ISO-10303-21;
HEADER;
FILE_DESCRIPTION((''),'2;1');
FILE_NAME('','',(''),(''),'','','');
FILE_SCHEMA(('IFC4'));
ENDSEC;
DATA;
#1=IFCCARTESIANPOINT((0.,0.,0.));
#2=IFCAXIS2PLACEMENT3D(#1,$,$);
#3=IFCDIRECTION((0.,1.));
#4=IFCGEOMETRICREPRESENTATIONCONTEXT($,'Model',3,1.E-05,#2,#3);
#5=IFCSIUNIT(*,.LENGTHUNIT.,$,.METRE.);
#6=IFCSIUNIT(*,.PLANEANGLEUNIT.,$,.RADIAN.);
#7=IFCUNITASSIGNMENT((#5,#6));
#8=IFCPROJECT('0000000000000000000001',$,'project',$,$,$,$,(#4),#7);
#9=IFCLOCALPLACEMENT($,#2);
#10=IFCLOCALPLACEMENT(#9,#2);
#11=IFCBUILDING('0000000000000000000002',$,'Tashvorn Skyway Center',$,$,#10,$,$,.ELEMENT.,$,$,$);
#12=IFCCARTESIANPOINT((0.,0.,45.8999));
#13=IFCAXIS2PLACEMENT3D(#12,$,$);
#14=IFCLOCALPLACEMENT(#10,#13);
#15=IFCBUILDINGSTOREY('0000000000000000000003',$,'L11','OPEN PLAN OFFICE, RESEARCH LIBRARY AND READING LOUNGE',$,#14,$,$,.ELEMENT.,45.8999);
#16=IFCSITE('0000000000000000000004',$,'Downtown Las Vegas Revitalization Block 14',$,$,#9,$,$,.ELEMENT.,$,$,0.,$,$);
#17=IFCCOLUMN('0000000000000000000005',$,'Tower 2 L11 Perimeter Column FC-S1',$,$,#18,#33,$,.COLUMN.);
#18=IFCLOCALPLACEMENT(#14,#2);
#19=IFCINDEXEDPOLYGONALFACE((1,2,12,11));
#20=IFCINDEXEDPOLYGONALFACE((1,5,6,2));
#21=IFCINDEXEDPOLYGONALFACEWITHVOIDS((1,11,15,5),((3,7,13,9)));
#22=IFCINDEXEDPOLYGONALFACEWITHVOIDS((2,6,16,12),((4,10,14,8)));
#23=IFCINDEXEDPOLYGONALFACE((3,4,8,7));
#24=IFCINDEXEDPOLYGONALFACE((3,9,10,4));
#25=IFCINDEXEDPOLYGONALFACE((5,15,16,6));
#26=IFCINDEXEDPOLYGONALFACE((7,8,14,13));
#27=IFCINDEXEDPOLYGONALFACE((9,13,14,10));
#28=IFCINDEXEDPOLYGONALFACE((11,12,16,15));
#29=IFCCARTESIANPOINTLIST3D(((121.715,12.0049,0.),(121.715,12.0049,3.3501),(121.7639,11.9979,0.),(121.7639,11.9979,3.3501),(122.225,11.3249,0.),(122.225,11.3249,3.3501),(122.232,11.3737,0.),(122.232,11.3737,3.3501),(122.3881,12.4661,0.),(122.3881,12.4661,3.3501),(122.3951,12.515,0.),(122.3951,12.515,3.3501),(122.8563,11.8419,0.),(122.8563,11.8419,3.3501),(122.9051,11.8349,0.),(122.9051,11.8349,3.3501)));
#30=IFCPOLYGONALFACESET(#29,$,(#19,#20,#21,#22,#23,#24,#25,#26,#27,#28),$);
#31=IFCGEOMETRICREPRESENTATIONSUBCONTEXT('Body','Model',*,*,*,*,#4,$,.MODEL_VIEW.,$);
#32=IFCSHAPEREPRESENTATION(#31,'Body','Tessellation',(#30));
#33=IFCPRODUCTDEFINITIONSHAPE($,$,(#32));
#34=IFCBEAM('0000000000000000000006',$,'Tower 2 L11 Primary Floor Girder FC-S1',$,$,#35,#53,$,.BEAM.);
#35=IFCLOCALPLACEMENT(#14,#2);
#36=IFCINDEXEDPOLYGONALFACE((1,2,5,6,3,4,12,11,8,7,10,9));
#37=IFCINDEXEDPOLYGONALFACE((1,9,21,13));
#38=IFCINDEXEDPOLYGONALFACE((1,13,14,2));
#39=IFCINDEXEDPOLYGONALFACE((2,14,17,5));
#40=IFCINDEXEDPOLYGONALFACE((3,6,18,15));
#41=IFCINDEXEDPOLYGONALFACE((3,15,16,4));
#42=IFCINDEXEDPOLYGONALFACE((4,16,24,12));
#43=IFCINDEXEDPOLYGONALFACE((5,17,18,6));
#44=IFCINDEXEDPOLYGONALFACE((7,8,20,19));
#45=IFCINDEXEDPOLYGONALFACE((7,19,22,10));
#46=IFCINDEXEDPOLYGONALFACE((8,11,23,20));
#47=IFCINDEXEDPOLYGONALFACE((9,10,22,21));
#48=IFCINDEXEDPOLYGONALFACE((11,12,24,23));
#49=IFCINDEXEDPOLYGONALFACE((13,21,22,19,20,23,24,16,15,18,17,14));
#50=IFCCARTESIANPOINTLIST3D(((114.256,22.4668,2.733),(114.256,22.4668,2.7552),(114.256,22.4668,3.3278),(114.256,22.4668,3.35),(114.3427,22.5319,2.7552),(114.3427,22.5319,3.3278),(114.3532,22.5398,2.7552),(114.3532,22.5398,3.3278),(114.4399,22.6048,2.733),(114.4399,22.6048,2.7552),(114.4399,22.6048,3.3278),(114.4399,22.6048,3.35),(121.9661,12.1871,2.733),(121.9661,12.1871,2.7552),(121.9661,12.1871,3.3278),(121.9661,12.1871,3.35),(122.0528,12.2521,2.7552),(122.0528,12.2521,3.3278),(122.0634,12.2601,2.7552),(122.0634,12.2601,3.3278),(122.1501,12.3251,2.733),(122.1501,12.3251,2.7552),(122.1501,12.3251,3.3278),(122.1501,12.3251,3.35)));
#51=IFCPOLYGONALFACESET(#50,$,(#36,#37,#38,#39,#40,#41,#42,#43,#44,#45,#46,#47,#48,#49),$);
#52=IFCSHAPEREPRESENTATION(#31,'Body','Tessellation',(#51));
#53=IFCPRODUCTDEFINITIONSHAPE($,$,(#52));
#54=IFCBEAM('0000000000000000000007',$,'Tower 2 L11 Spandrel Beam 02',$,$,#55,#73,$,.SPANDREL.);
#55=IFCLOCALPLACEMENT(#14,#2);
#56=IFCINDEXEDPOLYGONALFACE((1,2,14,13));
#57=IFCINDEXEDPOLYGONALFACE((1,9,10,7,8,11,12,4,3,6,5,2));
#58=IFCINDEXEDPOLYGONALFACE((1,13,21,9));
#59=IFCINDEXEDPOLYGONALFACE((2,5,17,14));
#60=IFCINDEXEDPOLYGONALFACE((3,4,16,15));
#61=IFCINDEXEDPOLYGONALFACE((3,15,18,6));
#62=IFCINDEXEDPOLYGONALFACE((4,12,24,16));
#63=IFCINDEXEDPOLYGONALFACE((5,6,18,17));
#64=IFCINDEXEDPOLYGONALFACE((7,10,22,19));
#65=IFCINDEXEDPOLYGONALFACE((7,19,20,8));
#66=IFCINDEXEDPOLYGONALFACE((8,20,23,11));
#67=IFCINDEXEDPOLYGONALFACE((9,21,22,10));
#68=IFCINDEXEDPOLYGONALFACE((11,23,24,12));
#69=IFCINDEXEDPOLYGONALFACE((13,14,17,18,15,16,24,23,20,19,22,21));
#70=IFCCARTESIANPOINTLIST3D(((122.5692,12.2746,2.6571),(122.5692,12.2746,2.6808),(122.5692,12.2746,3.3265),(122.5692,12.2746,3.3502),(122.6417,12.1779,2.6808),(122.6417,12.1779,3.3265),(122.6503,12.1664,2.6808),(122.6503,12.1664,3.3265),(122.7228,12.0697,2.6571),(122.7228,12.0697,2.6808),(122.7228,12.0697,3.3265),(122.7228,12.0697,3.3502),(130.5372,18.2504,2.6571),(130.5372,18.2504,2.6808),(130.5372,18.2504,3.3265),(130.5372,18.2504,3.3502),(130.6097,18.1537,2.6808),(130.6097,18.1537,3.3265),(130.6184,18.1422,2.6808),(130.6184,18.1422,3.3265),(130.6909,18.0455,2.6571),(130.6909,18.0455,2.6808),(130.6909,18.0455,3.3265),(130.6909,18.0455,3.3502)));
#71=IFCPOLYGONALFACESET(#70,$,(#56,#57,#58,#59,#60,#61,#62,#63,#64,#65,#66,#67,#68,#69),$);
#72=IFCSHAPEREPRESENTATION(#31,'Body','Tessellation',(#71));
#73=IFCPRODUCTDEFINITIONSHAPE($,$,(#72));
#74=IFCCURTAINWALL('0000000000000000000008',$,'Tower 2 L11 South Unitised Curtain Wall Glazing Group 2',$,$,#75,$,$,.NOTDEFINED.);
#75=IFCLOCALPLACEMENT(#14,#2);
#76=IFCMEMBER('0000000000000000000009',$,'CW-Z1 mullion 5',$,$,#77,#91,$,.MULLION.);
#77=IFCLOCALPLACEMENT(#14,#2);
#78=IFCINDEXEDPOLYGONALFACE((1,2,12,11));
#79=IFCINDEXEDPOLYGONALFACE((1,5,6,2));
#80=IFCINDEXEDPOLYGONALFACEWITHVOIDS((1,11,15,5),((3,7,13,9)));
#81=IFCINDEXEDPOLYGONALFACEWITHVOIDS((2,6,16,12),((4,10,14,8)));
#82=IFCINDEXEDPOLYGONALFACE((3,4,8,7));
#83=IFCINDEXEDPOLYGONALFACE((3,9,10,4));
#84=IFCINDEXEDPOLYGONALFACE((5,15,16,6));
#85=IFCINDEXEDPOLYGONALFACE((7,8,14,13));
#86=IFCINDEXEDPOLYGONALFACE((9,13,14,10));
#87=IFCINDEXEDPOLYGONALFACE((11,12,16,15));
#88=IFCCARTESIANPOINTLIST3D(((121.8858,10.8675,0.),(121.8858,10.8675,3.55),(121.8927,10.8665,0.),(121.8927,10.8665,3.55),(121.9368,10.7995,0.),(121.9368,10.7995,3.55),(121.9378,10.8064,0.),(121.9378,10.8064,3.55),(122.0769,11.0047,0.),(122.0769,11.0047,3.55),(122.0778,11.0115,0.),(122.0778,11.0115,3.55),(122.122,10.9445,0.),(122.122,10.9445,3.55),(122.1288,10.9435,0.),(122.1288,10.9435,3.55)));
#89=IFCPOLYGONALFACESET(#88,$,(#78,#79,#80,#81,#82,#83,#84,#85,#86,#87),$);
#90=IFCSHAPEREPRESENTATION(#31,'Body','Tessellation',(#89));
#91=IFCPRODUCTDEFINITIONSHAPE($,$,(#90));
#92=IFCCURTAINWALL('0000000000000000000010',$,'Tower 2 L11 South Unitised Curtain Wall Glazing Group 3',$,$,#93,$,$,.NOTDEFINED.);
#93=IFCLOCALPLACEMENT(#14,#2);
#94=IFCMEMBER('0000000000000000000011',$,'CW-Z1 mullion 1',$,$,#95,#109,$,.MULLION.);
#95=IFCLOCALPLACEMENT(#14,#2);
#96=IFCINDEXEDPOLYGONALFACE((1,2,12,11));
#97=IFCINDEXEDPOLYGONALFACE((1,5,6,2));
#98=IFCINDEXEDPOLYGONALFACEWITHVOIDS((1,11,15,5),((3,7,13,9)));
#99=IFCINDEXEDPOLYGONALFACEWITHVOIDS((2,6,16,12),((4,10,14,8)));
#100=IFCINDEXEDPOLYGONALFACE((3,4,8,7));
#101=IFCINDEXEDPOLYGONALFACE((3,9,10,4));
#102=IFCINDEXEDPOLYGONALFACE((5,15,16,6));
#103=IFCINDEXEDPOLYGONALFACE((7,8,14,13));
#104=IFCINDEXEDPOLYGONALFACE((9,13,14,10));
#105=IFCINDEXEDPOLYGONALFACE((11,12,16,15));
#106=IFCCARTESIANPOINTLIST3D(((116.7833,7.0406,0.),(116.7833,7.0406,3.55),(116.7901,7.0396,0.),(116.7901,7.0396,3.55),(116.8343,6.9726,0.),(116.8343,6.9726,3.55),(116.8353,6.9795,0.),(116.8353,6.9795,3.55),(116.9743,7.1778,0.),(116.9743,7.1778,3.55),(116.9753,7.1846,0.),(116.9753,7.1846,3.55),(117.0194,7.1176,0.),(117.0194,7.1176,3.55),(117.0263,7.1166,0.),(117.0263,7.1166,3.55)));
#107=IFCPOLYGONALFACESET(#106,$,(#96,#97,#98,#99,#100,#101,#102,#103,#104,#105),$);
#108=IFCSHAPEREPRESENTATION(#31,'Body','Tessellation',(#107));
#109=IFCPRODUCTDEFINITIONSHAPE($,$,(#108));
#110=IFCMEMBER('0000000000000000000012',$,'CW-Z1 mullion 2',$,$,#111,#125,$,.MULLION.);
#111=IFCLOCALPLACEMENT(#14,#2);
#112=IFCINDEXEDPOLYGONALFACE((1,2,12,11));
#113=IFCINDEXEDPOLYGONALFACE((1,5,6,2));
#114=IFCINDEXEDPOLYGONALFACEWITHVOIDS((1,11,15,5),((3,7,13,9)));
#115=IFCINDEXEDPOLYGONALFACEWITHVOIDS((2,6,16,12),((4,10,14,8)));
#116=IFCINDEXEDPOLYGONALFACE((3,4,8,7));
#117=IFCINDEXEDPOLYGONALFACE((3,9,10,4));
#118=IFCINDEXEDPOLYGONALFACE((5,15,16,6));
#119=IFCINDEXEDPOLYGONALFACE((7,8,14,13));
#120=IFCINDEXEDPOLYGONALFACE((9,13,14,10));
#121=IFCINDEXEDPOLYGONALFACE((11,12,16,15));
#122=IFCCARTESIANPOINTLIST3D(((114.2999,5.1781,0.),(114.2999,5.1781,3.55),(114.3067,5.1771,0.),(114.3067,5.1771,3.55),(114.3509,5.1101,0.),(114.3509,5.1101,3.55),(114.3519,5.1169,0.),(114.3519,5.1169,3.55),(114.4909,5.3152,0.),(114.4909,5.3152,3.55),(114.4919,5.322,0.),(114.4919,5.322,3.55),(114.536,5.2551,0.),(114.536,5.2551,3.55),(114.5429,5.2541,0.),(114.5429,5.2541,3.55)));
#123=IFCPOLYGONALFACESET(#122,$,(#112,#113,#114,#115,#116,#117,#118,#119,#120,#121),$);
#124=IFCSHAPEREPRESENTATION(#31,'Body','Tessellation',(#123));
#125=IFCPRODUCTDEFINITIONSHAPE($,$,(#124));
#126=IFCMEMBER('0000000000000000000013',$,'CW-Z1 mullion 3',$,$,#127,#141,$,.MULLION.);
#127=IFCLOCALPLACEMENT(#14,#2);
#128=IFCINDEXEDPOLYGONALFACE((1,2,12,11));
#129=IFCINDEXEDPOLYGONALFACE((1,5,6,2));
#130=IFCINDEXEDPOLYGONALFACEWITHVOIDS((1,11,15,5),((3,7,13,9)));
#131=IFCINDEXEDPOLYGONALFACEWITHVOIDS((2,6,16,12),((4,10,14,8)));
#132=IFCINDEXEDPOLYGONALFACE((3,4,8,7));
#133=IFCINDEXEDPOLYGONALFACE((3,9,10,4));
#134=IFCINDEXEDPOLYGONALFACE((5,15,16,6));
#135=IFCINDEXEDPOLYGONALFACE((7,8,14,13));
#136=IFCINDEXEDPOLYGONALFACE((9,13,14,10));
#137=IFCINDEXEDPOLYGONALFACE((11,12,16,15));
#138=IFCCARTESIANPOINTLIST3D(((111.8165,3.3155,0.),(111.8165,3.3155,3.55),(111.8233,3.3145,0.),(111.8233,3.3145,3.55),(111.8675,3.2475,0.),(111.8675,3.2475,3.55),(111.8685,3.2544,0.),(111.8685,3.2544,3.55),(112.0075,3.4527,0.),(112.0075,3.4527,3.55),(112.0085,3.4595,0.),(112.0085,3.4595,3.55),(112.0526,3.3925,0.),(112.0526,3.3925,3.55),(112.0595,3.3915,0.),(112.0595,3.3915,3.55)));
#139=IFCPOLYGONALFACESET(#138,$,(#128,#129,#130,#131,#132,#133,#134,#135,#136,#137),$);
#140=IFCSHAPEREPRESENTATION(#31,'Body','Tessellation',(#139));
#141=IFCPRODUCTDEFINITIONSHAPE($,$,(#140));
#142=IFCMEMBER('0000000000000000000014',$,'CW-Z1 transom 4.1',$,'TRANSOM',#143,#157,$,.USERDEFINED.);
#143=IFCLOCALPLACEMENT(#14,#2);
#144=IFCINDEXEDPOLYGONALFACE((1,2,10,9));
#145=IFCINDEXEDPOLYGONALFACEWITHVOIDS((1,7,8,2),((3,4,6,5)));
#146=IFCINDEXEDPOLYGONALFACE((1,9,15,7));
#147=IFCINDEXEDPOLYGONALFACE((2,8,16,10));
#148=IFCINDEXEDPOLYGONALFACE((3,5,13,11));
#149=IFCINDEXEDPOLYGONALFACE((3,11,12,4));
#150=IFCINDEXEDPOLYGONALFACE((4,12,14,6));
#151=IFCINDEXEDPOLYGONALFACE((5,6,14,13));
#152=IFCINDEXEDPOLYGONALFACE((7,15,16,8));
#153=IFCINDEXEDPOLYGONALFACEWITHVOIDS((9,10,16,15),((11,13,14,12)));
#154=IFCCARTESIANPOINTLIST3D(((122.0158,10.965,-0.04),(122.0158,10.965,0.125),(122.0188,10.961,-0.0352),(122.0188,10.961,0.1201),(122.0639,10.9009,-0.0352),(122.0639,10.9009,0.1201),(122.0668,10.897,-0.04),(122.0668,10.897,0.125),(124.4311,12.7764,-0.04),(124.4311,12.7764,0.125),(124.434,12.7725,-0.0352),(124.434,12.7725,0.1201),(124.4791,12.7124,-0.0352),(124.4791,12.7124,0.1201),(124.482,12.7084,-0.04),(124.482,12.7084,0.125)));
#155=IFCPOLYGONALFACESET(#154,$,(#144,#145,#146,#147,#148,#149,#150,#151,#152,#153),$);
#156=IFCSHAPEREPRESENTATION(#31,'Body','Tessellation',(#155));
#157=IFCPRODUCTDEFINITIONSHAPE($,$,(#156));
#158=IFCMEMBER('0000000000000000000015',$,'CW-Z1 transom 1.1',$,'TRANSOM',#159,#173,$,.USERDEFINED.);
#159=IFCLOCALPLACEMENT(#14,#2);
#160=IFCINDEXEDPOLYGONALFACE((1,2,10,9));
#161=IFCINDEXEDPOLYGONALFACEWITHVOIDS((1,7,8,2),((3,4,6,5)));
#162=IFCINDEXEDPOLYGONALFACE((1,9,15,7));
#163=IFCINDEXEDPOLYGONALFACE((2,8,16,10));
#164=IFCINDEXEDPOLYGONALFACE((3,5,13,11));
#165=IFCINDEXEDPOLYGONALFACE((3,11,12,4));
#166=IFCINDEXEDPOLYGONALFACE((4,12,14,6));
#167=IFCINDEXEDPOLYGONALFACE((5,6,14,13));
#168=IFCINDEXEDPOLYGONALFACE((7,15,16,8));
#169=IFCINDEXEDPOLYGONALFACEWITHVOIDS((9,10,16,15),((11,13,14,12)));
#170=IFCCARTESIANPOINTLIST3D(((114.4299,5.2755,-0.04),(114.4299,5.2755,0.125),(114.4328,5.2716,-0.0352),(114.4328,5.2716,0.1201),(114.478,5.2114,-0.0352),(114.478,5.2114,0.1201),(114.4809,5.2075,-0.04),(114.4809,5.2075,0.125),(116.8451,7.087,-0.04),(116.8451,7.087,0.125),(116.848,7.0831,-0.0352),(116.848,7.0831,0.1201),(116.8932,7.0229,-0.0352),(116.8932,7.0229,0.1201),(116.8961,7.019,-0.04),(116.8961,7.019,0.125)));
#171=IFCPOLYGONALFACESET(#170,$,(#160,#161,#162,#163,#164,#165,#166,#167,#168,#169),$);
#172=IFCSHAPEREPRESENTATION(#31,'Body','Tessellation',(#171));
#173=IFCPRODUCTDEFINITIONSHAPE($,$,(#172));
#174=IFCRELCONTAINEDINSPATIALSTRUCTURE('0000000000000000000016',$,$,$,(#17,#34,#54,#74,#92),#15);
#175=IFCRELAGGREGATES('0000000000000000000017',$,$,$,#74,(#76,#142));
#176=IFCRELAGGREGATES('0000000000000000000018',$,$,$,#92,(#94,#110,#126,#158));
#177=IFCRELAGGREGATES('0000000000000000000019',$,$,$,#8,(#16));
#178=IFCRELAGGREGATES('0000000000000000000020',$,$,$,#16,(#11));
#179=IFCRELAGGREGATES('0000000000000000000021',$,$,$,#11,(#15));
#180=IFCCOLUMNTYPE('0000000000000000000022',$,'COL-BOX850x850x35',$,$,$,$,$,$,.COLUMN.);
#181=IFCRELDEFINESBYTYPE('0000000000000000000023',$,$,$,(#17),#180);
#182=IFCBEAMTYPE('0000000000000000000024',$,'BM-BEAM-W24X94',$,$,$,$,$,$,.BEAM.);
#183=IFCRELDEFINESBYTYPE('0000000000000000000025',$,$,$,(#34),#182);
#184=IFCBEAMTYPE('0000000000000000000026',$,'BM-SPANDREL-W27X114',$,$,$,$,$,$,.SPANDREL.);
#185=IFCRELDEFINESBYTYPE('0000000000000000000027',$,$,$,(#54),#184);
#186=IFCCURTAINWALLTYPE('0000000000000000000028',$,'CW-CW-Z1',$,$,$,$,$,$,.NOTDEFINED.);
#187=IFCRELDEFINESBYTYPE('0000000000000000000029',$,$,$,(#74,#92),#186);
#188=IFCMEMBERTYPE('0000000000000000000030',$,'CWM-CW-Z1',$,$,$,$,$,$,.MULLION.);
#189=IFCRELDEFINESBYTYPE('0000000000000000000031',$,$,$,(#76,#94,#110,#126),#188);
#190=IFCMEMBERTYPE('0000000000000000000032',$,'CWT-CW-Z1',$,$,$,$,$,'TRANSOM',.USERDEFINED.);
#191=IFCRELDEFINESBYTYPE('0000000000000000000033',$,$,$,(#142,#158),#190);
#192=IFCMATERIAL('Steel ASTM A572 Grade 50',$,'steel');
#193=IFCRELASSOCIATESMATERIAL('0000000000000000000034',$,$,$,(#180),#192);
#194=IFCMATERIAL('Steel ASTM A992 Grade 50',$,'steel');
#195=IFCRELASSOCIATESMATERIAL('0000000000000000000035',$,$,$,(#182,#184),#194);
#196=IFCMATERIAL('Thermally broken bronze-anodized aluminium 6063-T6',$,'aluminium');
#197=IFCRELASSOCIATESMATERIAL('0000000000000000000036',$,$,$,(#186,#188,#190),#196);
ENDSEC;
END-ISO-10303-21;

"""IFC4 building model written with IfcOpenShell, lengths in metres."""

from ifc_helpers import new_model, si_unit, direction, frame, origin, origin_2d, place, context, subcontext, project, spatial, hollow_rectangle, i_section, extrude, material, material_profile, profile_set, type_object, element, aggregate, save


model = new_model("IFC4")

# Units and contexts
model_context = context("Model", 3, precision=1e-05, world=origin(), true_north=direction((0.0, 1.0)))
body_context = subcontext(model_context, "Body", "Model", "MODEL_VIEW")
ifc_project = project(units=[si_unit("LENGTHUNIT", "METRE"), si_unit("PLANEANGLEUNIT", "RADIAN")], contexts=[model_context])

# Site, building, storey
site_placement = place(None, origin())
site = spatial("IfcSite", under=ifc_project, at=site_placement, Name="Downtown Las Vegas Revitalization Block 14", CompositionType="ELEMENT", RefElevation=0.0)
building_placement = place(site_placement, origin())
building = spatial("IfcBuilding", under=site, at=building_placement, Name="Tashvorn Skyway Center", CompositionType="ELEMENT")
storey_placement = place(building_placement, frame((0.0, 0.0, 45.8999)))
storey = spatial("IfcBuildingStorey", under=building, at=storey_placement, Name="L11", Description="OPEN PLAN OFFICE, RESEARCH LIBRARY AND READING LOUNGE", CompositionType="ELEMENT", Elevation=45.8999)

# Column
ifc_material_1 = material(Name="Steel ASTM A572 Grade 50", Category="steel")
ifc_material_profile_1 = material_profile(ifc_material_1, hollow_rectangle(XDim=0.8501, YDim=0.8501, WallThickness=0.0349, at=origin_2d()), Name="BOX850x850x35")
ifc_profile_set_1 = profile_set([ifc_material_profile_1], Name="Steel ASTM A572 Grade 50")
column_type = type_object("IfcColumnType", Name="COL-BOX850x850x35", PredefinedType="COLUMN", material=ifc_profile_set_1)
column_placement = place(storey_placement, frame((122.3101, 11.9199, 0.0), z_axis=(0.0, 0.0, 1.0), x_axis=(0.8, 0.6, 0.0)))
element("IfcColumn", 1, at=column_placement, inside=storey, type_object=column_type, Name="Tower 2 L11 Perimeter Column FC-S1", PredefinedType="COLUMN", context=body_context, shape_type="SweptSolid", body=[
    extrude(hollow_rectangle(XDim=0.8501, YDim=0.8501, WallThickness=0.0349, at=origin_2d()), origin(), (0.0, 0.0, 1.0), 3.3501),
])

# Beams
ifc_material_2 = material(Name="Steel ASTM A992 Grade 50", Category="steel")
ifc_material_profile_2 = material_profile(ifc_material_2, i_section(OverallWidth=0.23, OverallDepth=0.6169, WebThickness=0.0132, FlangeThickness=0.0222, at=origin_2d()), Name="W24X94")
ifc_profile_set_2 = profile_set([ifc_material_profile_2], Name="Steel ASTM A992 Grade 50")
beam_type_1 = type_object("IfcBeamType", Name="BM-BEAM-W24X94", PredefinedType="BEAM", material=ifc_profile_set_2)
beam_1_placement = place(storey_placement, frame((122.0581, 12.2561, 3.0415), z_axis=(-0.600018, 0.799986, 0.0), x_axis=(-0.799986, -0.600018, 0.0)))
element("IfcBeam", 2, at=beam_1_placement, inside=storey, type_object=beam_type_1, Name="Tower 2 L11 Primary Floor Girder FC-S1", PredefinedType="BEAM", context=body_context, shape_type="SweptSolid", body=[
    extrude(i_section(OverallWidth=0.23, OverallDepth=0.6169, WebThickness=0.0132, FlangeThickness=0.0222, at=origin_2d()), origin(), (0.0, 0.0, 1.0), 12.8499),
])
ifc_material_profile_3 = material_profile(ifc_material_2, i_section(OverallWidth=0.2561, OverallDepth=0.6931, WebThickness=0.0144, FlangeThickness=0.0237, at=origin_2d()), Name="W27X114")
ifc_profile_set_3 = profile_set([ifc_material_profile_3], Name="Steel ASTM A992 Grade 50")
beam_type_2 = type_object("IfcBeamType", Name="BM-SPANDREL-W27X114", PredefinedType="SPANDREL", material=ifc_profile_set_3)
beam_2_placement = place(storey_placement, frame((122.646, 12.1721, 3.0037), z_axis=(0.800009, 0.599988, 0.0), x_axis=(-0.599988, 0.800009, 0.0)))
element("IfcBeam", 3, at=beam_2_placement, inside=storey, type_object=beam_type_2, Name="Tower 2 L11 Spandrel Beam 02", PredefinedType="SPANDREL", context=body_context, shape_type="SweptSolid", body=[
    extrude(i_section(OverallWidth=0.2561, OverallDepth=0.6931, WebThickness=0.0144, FlangeThickness=0.0237, at=origin_2d()), origin(), (0.0, 0.0, 1.0), 9.96),
])

# Curtain wall, member
ifc_material_3 = material(Name="Thermally broken bronze-anodized aluminium 6063-T6", Category="aluminium")
curtain_wall_type = type_object("IfcCurtainWallType", Name="CW-CW-Z1", PredefinedType="NOTDEFINED", material=ifc_material_3)
curtain_wall_1_placement = place(storey_placement, origin())
curtain_wall_1 = element("IfcCurtainWall", 4, at=curtain_wall_1_placement, inside=storey, type_object=curtain_wall_type, Name="Tower 2 L11 South Unitised Curtain Wall Glazing Group 2", PredefinedType="NOTDEFINED")
ifc_material_profile_4 = material_profile(ifc_material_3, hollow_rectangle(XDim=0.085, YDim=0.24, WallThickness=0.0049, at=origin_2d()), Name="ALU-MULL-85x240")
ifc_profile_set_4 = profile_set([ifc_material_profile_4], Name="Thermally broken bronze-anodized aluminium 6063-T6")
member_type_1 = type_object("IfcMemberType", Name="CWM-CW-Z1", PredefinedType="MULLION", material=ifc_profile_set_4)
member_1_placement = place(storey_placement, frame((122.0073, 10.9055, 0.0), z_axis=(0.0, 0.0, 1.0), x_axis=(0.599997, -0.800002, 0.0)))
member_1 = element("IfcMember", 5, at=member_1_placement, type_object=member_type_1, Name="CW-Z1 mullion 5", PredefinedType="MULLION", context=body_context, shape_type="SweptSolid", body=[
    extrude(hollow_rectangle(XDim=0.085, YDim=0.24, WallThickness=0.0049, at=origin_2d()), origin(), (0.0, 0.0, 1.0), 3.55),
])

# Curtain wall, members
curtain_wall_2_placement = place(storey_placement, origin())
curtain_wall_2 = element("IfcCurtainWall", 6, at=curtain_wall_2_placement, inside=storey, type_object=curtain_wall_type, Name="Tower 2 L11 South Unitised Curtain Wall Glazing Group 3", PredefinedType="NOTDEFINED")
member_2_placement = place(storey_placement, frame((116.9048, 7.0786, 0.0), z_axis=(0.0, 0.0, 1.0), x_axis=(0.599997, -0.800002, 0.0)))
member_2 = element("IfcMember", 7, at=member_2_placement, type_object=member_type_1, Name="CW-Z1 mullion 1", PredefinedType="MULLION", context=body_context, shape_type="SweptSolid", body=[
    extrude(hollow_rectangle(XDim=0.085, YDim=0.24, WallThickness=0.0049, at=origin_2d()), origin(), (0.0, 0.0, 1.0), 3.55),
])
member_3_placement = place(storey_placement, frame((114.4214, 5.2161, 0.0), z_axis=(0.0, 0.0, 1.0), x_axis=(0.599997, -0.800002, 0.0)))
member_3 = element("IfcMember", 8, at=member_3_placement, type_object=member_type_1, Name="CW-Z1 mullion 2", PredefinedType="MULLION", context=body_context, shape_type="SweptSolid", body=[
    extrude(hollow_rectangle(XDim=0.085, YDim=0.24, WallThickness=0.0049, at=origin_2d()), origin(), (0.0, 0.0, 1.0), 3.55),
])
member_4_placement = place(storey_placement, frame((111.938, 3.3535, 0.0), z_axis=(0.0, 0.0, 1.0), x_axis=(0.599997, -0.800002, 0.0)))
member_4 = element("IfcMember", 9, at=member_4_placement, type_object=member_type_1, Name="CW-Z1 mullion 3", PredefinedType="MULLION", context=body_context, shape_type="SweptSolid", body=[
    extrude(hollow_rectangle(XDim=0.085, YDim=0.24, WallThickness=0.0049, at=origin_2d()), origin(), (0.0, 0.0, 1.0), 3.55),
])

# Members
ifc_material_profile_5 = material_profile(ifc_material_3, hollow_rectangle(XDim=0.085, YDim=0.165, WallThickness=0.0049, at=origin_2d()), Name="ALU-TRAN-85x165")
ifc_profile_set_5 = profile_set([ifc_material_profile_5], Name="Thermally broken bronze-anodized aluminium 6063-T6")
member_type_2 = type_object("IfcMemberType", Name="CWT-CW-Z1", ElementType="TRANSOM", PredefinedType="USERDEFINED", material=ifc_profile_set_5)
member_5_placement = place(storey_placement, frame((124.4565, 12.7424, 0.0425), z_axis=(-0.79999, -0.600013, 0.0), x_axis=(0.600013, -0.79999, 0.0)))
member_5 = element("IfcMember", 10, at=member_5_placement, type_object=member_type_2, Name="CW-Z1 transom 4.1", ObjectType="TRANSOM", PredefinedType="USERDEFINED", context=body_context, shape_type="SweptSolid", body=[
    extrude(hollow_rectangle(XDim=0.085, YDim=0.165, WallThickness=0.0049, at=origin_2d()), origin(), (0.0, 0.0, 1.0), 3.019),
])
member_6_placement = place(storey_placement, frame((116.8706, 7.053, 0.0425), z_axis=(-0.79999, -0.600013, 0.0), x_axis=(0.600013, -0.79999, 0.0)))
member_6 = element("IfcMember", 11, at=member_6_placement, type_object=member_type_2, Name="CW-Z1 transom 1.1", ObjectType="TRANSOM", PredefinedType="USERDEFINED", context=body_context, shape_type="SweptSolid", body=[
    extrude(hollow_rectangle(XDim=0.085, YDim=0.165, WallThickness=0.0049, at=origin_2d()), origin(), (0.0, 0.0, 1.0), 3.019),
])

aggregate(curtain_wall_1, [member_1, member_5])
aggregate(curtain_wall_2, [member_2, member_3, member_4, member_6])

save(model, "model.ifc")
